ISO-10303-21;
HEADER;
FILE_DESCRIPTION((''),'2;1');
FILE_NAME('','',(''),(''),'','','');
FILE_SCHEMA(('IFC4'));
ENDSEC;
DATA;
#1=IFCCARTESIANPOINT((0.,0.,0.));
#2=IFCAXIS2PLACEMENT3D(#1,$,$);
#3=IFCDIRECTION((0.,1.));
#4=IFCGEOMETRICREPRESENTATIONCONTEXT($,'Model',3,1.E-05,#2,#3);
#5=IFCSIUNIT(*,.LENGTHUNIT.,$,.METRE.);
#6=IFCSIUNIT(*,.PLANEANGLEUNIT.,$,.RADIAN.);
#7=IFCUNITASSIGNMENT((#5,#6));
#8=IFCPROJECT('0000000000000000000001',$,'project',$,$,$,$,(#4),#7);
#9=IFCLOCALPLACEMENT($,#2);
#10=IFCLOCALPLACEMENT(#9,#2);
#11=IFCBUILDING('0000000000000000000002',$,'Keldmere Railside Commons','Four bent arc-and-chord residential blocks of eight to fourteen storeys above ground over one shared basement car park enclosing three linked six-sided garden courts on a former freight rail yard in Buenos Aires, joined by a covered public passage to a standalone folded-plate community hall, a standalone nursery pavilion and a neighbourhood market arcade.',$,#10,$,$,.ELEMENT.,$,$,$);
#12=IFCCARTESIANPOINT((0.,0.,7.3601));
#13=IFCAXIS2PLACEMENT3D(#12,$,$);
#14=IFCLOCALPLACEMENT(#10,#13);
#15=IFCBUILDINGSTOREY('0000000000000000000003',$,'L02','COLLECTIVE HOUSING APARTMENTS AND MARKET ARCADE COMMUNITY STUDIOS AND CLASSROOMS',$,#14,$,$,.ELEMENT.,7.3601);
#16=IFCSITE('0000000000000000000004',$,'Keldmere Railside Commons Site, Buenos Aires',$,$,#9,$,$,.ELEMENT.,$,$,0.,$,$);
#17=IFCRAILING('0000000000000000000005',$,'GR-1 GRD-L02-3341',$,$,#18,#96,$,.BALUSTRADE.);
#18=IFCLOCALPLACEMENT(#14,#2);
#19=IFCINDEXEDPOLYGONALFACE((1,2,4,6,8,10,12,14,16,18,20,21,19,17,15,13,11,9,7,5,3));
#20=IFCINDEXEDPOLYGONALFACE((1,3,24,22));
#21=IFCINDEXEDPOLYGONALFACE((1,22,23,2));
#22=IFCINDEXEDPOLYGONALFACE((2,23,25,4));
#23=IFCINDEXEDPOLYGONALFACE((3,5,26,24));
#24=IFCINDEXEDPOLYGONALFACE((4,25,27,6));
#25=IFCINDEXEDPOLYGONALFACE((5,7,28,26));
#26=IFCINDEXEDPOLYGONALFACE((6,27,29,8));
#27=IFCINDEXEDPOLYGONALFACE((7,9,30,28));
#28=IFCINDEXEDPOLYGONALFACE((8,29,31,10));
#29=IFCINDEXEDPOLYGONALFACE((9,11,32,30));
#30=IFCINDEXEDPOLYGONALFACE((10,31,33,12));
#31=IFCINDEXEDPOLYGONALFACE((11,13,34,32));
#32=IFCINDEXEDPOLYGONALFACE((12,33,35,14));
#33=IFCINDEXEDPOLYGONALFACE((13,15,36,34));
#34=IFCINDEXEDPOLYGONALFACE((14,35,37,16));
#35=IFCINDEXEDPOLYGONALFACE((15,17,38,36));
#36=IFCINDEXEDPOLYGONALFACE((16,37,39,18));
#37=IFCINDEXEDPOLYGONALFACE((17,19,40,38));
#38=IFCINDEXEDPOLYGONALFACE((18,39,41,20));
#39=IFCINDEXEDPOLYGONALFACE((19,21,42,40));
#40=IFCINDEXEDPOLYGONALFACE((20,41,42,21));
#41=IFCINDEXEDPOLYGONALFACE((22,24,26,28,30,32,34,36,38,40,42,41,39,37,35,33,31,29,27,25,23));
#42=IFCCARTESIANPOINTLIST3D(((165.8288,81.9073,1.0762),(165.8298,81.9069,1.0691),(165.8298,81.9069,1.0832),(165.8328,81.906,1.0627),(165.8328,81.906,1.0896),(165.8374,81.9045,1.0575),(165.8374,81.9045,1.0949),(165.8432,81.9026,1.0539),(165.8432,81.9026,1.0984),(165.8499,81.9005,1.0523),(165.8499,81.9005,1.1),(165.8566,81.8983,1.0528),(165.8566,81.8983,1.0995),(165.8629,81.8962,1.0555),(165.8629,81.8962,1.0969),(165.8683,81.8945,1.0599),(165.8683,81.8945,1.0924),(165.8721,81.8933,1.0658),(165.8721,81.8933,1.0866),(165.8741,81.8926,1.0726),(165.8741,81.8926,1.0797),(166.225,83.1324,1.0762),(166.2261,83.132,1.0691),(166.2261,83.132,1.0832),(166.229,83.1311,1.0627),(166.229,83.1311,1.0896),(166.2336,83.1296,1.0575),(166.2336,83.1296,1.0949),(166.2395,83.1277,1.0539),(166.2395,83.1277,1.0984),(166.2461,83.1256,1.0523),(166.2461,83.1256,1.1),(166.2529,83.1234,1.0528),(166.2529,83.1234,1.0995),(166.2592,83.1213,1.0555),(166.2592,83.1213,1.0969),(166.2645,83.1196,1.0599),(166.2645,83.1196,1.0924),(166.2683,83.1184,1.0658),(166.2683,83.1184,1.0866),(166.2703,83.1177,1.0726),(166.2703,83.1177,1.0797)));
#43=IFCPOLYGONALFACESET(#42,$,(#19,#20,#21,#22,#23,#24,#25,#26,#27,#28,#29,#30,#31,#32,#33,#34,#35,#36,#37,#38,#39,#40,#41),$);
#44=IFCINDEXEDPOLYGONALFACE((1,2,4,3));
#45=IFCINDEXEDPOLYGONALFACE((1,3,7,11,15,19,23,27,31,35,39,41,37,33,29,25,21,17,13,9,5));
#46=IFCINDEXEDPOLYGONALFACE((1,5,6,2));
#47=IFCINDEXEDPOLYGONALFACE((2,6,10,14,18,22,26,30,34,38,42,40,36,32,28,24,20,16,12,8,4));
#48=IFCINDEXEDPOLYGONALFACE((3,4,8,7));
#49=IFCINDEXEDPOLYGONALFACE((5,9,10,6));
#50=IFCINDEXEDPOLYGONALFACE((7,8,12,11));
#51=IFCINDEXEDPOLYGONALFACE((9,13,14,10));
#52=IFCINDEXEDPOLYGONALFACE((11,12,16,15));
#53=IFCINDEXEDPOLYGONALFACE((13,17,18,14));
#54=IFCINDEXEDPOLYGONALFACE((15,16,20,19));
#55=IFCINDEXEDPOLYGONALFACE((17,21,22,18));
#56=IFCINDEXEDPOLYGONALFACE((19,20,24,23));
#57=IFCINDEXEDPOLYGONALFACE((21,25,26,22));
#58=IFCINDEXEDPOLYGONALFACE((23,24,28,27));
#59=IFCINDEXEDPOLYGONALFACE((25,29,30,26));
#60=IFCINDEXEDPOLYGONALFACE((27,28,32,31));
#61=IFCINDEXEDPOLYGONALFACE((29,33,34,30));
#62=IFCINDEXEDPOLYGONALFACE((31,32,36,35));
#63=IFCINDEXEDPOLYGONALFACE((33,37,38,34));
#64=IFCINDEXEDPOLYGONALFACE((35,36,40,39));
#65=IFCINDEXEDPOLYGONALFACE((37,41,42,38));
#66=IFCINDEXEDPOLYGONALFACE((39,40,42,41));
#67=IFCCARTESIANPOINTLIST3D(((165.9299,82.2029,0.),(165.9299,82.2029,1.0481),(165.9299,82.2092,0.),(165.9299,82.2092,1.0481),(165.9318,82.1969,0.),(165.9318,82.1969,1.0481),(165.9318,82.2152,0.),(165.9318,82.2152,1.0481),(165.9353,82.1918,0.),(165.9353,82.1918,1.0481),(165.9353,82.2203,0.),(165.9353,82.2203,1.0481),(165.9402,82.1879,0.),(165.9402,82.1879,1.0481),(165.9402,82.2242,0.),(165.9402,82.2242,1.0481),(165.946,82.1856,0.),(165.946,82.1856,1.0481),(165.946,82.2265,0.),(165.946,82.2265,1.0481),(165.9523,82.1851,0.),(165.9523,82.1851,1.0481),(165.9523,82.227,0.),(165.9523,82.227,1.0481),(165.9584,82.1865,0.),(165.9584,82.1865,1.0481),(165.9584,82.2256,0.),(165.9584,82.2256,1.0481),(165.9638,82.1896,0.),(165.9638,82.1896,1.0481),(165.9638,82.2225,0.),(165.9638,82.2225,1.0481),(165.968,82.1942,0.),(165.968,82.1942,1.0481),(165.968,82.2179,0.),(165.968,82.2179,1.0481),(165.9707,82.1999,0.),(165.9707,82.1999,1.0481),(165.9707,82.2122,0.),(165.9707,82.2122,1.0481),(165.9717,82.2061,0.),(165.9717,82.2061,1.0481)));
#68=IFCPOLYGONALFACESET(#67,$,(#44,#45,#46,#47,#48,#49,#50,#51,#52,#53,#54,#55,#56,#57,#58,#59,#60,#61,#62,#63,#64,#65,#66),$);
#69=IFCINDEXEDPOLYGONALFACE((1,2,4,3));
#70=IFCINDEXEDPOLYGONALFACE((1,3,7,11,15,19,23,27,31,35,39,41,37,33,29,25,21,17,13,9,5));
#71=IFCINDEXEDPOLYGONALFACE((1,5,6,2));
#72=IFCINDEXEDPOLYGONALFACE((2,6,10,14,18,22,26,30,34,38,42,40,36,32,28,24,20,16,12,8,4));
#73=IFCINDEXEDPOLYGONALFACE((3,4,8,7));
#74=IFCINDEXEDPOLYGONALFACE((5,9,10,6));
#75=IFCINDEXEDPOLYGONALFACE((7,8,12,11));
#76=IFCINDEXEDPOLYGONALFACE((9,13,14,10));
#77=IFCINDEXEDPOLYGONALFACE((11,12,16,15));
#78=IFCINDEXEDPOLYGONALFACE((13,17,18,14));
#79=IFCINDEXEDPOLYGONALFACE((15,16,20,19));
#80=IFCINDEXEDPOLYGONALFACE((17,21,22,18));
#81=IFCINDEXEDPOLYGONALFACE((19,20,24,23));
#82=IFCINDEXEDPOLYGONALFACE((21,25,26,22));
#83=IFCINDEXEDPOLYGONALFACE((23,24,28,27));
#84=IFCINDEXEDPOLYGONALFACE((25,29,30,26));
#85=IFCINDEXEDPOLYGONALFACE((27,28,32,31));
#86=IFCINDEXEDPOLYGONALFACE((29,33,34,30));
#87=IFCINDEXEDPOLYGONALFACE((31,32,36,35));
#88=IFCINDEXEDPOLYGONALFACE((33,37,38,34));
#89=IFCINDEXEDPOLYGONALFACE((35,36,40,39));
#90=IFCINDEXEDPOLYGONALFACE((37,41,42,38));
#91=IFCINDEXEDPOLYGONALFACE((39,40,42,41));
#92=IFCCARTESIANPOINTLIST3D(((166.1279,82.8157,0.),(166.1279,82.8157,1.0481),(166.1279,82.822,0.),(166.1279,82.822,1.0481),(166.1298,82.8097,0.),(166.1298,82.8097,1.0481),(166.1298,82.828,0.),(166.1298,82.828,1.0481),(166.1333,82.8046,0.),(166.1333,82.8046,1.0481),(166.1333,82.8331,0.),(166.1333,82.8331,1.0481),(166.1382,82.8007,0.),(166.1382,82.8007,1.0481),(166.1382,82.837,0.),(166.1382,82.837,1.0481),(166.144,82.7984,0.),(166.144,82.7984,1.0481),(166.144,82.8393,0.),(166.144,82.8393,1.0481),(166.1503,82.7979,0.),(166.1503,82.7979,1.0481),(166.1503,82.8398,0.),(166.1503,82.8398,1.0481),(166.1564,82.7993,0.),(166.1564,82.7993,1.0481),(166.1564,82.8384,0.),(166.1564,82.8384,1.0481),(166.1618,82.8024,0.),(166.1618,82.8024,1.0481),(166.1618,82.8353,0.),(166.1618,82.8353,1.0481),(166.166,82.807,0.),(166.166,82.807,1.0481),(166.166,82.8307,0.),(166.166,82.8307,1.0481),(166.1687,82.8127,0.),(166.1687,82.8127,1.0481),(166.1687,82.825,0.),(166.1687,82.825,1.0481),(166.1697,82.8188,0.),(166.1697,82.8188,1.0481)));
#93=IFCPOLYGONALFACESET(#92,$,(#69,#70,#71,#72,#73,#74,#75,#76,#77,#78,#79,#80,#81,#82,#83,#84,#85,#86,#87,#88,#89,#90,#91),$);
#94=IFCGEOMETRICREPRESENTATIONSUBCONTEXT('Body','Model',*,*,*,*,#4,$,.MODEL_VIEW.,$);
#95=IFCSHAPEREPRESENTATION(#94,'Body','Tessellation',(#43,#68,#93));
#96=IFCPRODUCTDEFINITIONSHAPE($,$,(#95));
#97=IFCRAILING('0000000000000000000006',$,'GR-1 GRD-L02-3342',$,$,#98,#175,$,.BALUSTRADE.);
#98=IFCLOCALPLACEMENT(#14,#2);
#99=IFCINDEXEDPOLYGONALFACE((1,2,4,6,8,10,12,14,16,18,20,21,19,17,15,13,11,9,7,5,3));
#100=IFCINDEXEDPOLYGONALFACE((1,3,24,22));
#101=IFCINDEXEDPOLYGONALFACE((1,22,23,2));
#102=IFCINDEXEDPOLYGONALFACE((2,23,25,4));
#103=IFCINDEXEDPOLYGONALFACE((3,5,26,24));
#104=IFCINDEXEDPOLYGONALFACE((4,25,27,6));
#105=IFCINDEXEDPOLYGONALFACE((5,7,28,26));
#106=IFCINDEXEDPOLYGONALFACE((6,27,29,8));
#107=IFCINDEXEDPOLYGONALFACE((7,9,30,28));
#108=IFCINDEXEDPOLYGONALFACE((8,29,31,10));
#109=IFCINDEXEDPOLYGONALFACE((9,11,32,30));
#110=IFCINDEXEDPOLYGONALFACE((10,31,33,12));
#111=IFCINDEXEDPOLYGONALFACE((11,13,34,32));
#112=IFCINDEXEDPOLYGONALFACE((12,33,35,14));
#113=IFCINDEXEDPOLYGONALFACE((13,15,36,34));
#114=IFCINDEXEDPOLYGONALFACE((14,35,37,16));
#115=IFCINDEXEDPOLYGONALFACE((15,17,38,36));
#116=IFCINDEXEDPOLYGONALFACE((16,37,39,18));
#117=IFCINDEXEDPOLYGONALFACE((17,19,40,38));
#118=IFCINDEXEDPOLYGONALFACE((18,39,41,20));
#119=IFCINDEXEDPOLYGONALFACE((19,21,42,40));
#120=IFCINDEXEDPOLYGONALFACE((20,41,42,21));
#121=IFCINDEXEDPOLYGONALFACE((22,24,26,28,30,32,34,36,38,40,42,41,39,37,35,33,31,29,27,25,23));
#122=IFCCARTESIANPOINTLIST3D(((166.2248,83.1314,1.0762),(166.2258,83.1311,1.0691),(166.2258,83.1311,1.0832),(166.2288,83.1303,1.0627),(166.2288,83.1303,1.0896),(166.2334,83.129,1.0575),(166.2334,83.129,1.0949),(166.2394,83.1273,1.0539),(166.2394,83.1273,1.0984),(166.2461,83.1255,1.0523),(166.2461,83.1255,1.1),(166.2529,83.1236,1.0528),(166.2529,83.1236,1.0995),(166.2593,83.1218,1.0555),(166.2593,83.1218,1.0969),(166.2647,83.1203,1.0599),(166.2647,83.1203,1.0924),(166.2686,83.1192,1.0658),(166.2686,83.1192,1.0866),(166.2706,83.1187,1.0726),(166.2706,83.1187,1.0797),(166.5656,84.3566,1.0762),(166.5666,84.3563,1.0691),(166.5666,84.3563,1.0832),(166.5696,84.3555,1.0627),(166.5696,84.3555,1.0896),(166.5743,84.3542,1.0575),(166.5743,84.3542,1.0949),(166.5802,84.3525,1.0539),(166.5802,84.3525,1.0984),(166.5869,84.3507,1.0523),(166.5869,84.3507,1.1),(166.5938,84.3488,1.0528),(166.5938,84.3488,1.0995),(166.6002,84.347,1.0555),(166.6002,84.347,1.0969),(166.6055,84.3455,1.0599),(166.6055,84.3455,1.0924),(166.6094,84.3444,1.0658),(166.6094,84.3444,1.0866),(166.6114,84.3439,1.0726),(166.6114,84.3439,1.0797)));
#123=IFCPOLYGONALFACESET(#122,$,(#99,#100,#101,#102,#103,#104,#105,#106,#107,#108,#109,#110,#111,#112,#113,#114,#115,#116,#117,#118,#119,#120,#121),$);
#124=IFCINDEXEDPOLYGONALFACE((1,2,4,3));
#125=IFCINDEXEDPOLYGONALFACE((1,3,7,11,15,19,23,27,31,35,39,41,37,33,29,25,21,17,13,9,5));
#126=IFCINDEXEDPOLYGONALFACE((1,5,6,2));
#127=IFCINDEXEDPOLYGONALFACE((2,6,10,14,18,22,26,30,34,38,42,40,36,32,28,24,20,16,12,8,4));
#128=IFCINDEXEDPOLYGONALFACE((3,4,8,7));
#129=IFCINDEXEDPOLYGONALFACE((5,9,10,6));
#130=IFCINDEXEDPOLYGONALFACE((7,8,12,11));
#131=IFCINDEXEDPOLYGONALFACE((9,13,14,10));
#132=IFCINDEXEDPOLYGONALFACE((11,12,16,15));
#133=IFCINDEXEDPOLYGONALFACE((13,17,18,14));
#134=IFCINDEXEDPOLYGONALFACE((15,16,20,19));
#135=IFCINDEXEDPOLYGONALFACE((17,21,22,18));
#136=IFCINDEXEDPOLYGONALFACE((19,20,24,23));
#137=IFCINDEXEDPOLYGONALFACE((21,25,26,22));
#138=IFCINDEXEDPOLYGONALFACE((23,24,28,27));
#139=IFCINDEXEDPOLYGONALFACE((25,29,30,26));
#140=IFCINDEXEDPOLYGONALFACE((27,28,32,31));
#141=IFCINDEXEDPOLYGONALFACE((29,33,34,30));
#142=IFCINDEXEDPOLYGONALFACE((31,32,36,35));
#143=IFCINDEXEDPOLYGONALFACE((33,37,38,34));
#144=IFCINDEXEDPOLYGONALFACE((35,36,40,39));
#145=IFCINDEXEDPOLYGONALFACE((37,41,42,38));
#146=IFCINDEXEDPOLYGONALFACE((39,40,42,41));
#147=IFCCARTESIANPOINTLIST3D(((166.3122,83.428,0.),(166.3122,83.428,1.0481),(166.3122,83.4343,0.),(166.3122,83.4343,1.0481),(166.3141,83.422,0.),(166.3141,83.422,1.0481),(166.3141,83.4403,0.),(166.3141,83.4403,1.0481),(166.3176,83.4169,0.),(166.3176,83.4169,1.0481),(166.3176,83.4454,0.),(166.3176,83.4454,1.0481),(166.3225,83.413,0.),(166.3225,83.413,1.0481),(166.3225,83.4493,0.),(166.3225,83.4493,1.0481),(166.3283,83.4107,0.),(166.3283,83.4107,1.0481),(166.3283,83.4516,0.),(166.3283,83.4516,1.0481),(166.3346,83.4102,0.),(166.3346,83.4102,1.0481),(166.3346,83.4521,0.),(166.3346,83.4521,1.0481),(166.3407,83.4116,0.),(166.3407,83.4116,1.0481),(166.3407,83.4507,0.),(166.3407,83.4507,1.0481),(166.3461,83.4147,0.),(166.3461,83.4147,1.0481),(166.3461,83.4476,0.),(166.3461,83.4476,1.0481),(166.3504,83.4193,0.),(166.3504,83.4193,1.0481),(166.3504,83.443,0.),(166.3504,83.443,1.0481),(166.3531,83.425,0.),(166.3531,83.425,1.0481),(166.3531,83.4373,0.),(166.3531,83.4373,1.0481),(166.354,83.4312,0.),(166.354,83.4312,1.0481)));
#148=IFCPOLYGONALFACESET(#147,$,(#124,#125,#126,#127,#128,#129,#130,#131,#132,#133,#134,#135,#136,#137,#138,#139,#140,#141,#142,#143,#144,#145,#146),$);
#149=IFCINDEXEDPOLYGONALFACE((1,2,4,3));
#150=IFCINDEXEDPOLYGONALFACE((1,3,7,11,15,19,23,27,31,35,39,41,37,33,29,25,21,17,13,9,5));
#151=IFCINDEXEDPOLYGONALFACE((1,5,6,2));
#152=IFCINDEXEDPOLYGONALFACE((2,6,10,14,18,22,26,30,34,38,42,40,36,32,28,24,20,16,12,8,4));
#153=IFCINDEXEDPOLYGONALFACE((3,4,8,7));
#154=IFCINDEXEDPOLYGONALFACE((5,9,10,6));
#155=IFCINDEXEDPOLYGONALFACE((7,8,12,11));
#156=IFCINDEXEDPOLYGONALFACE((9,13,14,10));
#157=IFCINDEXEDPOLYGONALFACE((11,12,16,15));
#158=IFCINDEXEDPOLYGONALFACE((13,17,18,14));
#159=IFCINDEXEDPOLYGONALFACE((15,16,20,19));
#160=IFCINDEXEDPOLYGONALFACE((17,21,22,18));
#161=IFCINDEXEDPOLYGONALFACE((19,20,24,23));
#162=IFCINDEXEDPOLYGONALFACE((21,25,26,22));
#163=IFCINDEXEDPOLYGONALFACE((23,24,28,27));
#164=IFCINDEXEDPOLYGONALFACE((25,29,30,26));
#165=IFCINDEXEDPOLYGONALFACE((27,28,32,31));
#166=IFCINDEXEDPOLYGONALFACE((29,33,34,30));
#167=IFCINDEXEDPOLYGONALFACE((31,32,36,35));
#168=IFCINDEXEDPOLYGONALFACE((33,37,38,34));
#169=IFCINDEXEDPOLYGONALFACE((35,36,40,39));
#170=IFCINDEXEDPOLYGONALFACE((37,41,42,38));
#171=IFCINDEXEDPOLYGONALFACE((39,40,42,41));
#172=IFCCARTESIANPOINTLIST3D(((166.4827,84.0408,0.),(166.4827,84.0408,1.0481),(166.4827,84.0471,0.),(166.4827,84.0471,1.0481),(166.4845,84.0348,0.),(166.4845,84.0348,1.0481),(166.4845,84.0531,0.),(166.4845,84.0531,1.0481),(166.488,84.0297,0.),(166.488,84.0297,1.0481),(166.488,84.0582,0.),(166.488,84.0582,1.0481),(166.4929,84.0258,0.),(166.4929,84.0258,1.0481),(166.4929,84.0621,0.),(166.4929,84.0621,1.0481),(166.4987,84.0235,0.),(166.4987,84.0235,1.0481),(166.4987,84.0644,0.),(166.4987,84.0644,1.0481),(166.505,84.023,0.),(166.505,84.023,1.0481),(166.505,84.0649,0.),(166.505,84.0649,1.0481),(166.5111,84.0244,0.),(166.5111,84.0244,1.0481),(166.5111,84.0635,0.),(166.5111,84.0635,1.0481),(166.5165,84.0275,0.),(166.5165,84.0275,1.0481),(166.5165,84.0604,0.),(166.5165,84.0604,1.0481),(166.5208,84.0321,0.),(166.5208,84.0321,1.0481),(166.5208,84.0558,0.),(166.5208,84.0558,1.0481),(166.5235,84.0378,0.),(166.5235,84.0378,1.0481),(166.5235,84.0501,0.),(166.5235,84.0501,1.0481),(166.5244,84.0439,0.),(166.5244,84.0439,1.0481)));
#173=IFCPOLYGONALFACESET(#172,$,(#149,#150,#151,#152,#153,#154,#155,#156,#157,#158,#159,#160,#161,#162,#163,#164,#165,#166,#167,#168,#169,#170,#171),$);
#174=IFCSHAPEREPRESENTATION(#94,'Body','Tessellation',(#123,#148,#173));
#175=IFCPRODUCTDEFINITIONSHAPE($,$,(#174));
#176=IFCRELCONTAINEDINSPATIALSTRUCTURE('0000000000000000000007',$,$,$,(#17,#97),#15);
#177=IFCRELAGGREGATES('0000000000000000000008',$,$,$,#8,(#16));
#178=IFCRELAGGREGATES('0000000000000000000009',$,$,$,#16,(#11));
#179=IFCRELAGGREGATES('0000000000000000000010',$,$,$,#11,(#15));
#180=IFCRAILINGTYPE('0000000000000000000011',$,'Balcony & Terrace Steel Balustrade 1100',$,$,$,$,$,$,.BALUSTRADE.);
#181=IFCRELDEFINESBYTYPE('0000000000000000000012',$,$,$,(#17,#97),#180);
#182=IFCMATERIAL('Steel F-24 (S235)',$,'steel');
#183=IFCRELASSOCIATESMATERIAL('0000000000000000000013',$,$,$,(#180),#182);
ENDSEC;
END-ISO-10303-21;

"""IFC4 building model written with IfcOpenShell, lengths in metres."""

from ifc_helpers import new_model, si_unit, direction, frame, origin, origin_2d, place, context, subcontext, project, spatial, circle, extrude, material, type_object, element, save


model = new_model("IFC4")

# Units and contexts
model_context = context("Model", 3, precision=1e-05, world=origin(), true_north=direction((0.0, 1.0)))
body_context = subcontext(model_context, "Body", "Model", "MODEL_VIEW")
ifc_project = project(units=[si_unit("LENGTHUNIT", "METRE"), si_unit("PLANEANGLEUNIT", "RADIAN")], contexts=[model_context])

# Site, building, storey
site_placement = place(None, origin())
site = spatial("IfcSite", under=ifc_project, at=site_placement, Name="Keldmere Railside Commons Site, Buenos Aires", CompositionType="ELEMENT", RefElevation=0.0)
building_placement = place(site_placement, origin())
building = spatial("IfcBuilding", under=site, at=building_placement, Name="Keldmere Railside Commons", Description="Four bent arc-and-chord residential blocks of eight to fourteen storeys above ground over one shared basement car park enclosing three linked six-sided garden courts on a former freight rail yard in Buenos Aires, joined by a covered public passage to a standalone folded-plate community hall, a standalone nursery pavilion and a neighbourhood market arcade.", CompositionType="ELEMENT")
storey_placement = place(building_placement, frame((0.0, 0.0, 7.3601)))
storey = spatial("IfcBuildingStorey", under=building, at=storey_placement, Name="L02", Description="COLLECTIVE HOUSING APARTMENTS AND MARKET ARCADE COMMUNITY STUDIOS AND CLASSROOMS", CompositionType="ELEMENT", Elevation=7.3601)

# Railings
ifc_material_1 = material(Name="Steel F-24 (S235)", Category="steel")
railing_type = type_object("IfcRailingType", Name="Balcony & Terrace Steel Balustrade 1100", PredefinedType="BALUSTRADE", material=ifc_material_1)
railing_1_placement = place(storey_placement, frame((165.8516, 81.8999, 0.0)))
element("IfcRailing", 1, at=railing_1_placement, inside=storey, type_object=railing_type, Name="GR-1 GRD-L02-3341", PredefinedType="BALUSTRADE", context=body_context, shape_type="SweptSolid", body=[
    extrude(circle(Radius=0.0239, at=origin_2d()), frame((0.0, 0.0, 1.0762), z_axis=(0.30774, 0.951471, 0.0), x_axis=(-0.951471, 0.30774, 0.0)), (0.0, 0.0, 1.0), 1.2876),
    extrude(circle(Radius=0.021, at=origin_2d()), frame((0.0991, 0.3062, 0.0)), (0.0, 0.0, 1.0), 1.0481),
    extrude(circle(Radius=0.021, at=origin_2d()), frame((0.2971, 0.9189, 0.0)), (0.0, 0.0, 1.0), 1.0481),
])
railing_2_placement = place(storey_placement, frame((166.2478, 83.125, 0.0)))
element("IfcRailing", 2, at=railing_2_placement, inside=storey, type_object=railing_type, Name="GR-1 GRD-L02-3342", PredefinedType="BALUSTRADE", context=body_context, shape_type="SweptSolid", body=[
    extrude(circle(Radius=0.0239, at=origin_2d()), frame((0.0, 0.0, 1.0762), z_axis=(0.26802, 0.963413, 0.0), x_axis=(-0.963413, 0.26802, 0.0)), (0.0, 0.0, 1.0), 1.2717),
    extrude(circle(Radius=0.021, at=origin_2d()), frame((0.0852, 0.3062, 0.0)), (0.0, 0.0, 1.0), 1.0481),
    extrude(circle(Radius=0.021, at=origin_2d()), frame((0.2556, 0.9189, 0.0)), (0.0, 0.0, 1.0), 1.0481),
])

save(model, "model.ifc")
